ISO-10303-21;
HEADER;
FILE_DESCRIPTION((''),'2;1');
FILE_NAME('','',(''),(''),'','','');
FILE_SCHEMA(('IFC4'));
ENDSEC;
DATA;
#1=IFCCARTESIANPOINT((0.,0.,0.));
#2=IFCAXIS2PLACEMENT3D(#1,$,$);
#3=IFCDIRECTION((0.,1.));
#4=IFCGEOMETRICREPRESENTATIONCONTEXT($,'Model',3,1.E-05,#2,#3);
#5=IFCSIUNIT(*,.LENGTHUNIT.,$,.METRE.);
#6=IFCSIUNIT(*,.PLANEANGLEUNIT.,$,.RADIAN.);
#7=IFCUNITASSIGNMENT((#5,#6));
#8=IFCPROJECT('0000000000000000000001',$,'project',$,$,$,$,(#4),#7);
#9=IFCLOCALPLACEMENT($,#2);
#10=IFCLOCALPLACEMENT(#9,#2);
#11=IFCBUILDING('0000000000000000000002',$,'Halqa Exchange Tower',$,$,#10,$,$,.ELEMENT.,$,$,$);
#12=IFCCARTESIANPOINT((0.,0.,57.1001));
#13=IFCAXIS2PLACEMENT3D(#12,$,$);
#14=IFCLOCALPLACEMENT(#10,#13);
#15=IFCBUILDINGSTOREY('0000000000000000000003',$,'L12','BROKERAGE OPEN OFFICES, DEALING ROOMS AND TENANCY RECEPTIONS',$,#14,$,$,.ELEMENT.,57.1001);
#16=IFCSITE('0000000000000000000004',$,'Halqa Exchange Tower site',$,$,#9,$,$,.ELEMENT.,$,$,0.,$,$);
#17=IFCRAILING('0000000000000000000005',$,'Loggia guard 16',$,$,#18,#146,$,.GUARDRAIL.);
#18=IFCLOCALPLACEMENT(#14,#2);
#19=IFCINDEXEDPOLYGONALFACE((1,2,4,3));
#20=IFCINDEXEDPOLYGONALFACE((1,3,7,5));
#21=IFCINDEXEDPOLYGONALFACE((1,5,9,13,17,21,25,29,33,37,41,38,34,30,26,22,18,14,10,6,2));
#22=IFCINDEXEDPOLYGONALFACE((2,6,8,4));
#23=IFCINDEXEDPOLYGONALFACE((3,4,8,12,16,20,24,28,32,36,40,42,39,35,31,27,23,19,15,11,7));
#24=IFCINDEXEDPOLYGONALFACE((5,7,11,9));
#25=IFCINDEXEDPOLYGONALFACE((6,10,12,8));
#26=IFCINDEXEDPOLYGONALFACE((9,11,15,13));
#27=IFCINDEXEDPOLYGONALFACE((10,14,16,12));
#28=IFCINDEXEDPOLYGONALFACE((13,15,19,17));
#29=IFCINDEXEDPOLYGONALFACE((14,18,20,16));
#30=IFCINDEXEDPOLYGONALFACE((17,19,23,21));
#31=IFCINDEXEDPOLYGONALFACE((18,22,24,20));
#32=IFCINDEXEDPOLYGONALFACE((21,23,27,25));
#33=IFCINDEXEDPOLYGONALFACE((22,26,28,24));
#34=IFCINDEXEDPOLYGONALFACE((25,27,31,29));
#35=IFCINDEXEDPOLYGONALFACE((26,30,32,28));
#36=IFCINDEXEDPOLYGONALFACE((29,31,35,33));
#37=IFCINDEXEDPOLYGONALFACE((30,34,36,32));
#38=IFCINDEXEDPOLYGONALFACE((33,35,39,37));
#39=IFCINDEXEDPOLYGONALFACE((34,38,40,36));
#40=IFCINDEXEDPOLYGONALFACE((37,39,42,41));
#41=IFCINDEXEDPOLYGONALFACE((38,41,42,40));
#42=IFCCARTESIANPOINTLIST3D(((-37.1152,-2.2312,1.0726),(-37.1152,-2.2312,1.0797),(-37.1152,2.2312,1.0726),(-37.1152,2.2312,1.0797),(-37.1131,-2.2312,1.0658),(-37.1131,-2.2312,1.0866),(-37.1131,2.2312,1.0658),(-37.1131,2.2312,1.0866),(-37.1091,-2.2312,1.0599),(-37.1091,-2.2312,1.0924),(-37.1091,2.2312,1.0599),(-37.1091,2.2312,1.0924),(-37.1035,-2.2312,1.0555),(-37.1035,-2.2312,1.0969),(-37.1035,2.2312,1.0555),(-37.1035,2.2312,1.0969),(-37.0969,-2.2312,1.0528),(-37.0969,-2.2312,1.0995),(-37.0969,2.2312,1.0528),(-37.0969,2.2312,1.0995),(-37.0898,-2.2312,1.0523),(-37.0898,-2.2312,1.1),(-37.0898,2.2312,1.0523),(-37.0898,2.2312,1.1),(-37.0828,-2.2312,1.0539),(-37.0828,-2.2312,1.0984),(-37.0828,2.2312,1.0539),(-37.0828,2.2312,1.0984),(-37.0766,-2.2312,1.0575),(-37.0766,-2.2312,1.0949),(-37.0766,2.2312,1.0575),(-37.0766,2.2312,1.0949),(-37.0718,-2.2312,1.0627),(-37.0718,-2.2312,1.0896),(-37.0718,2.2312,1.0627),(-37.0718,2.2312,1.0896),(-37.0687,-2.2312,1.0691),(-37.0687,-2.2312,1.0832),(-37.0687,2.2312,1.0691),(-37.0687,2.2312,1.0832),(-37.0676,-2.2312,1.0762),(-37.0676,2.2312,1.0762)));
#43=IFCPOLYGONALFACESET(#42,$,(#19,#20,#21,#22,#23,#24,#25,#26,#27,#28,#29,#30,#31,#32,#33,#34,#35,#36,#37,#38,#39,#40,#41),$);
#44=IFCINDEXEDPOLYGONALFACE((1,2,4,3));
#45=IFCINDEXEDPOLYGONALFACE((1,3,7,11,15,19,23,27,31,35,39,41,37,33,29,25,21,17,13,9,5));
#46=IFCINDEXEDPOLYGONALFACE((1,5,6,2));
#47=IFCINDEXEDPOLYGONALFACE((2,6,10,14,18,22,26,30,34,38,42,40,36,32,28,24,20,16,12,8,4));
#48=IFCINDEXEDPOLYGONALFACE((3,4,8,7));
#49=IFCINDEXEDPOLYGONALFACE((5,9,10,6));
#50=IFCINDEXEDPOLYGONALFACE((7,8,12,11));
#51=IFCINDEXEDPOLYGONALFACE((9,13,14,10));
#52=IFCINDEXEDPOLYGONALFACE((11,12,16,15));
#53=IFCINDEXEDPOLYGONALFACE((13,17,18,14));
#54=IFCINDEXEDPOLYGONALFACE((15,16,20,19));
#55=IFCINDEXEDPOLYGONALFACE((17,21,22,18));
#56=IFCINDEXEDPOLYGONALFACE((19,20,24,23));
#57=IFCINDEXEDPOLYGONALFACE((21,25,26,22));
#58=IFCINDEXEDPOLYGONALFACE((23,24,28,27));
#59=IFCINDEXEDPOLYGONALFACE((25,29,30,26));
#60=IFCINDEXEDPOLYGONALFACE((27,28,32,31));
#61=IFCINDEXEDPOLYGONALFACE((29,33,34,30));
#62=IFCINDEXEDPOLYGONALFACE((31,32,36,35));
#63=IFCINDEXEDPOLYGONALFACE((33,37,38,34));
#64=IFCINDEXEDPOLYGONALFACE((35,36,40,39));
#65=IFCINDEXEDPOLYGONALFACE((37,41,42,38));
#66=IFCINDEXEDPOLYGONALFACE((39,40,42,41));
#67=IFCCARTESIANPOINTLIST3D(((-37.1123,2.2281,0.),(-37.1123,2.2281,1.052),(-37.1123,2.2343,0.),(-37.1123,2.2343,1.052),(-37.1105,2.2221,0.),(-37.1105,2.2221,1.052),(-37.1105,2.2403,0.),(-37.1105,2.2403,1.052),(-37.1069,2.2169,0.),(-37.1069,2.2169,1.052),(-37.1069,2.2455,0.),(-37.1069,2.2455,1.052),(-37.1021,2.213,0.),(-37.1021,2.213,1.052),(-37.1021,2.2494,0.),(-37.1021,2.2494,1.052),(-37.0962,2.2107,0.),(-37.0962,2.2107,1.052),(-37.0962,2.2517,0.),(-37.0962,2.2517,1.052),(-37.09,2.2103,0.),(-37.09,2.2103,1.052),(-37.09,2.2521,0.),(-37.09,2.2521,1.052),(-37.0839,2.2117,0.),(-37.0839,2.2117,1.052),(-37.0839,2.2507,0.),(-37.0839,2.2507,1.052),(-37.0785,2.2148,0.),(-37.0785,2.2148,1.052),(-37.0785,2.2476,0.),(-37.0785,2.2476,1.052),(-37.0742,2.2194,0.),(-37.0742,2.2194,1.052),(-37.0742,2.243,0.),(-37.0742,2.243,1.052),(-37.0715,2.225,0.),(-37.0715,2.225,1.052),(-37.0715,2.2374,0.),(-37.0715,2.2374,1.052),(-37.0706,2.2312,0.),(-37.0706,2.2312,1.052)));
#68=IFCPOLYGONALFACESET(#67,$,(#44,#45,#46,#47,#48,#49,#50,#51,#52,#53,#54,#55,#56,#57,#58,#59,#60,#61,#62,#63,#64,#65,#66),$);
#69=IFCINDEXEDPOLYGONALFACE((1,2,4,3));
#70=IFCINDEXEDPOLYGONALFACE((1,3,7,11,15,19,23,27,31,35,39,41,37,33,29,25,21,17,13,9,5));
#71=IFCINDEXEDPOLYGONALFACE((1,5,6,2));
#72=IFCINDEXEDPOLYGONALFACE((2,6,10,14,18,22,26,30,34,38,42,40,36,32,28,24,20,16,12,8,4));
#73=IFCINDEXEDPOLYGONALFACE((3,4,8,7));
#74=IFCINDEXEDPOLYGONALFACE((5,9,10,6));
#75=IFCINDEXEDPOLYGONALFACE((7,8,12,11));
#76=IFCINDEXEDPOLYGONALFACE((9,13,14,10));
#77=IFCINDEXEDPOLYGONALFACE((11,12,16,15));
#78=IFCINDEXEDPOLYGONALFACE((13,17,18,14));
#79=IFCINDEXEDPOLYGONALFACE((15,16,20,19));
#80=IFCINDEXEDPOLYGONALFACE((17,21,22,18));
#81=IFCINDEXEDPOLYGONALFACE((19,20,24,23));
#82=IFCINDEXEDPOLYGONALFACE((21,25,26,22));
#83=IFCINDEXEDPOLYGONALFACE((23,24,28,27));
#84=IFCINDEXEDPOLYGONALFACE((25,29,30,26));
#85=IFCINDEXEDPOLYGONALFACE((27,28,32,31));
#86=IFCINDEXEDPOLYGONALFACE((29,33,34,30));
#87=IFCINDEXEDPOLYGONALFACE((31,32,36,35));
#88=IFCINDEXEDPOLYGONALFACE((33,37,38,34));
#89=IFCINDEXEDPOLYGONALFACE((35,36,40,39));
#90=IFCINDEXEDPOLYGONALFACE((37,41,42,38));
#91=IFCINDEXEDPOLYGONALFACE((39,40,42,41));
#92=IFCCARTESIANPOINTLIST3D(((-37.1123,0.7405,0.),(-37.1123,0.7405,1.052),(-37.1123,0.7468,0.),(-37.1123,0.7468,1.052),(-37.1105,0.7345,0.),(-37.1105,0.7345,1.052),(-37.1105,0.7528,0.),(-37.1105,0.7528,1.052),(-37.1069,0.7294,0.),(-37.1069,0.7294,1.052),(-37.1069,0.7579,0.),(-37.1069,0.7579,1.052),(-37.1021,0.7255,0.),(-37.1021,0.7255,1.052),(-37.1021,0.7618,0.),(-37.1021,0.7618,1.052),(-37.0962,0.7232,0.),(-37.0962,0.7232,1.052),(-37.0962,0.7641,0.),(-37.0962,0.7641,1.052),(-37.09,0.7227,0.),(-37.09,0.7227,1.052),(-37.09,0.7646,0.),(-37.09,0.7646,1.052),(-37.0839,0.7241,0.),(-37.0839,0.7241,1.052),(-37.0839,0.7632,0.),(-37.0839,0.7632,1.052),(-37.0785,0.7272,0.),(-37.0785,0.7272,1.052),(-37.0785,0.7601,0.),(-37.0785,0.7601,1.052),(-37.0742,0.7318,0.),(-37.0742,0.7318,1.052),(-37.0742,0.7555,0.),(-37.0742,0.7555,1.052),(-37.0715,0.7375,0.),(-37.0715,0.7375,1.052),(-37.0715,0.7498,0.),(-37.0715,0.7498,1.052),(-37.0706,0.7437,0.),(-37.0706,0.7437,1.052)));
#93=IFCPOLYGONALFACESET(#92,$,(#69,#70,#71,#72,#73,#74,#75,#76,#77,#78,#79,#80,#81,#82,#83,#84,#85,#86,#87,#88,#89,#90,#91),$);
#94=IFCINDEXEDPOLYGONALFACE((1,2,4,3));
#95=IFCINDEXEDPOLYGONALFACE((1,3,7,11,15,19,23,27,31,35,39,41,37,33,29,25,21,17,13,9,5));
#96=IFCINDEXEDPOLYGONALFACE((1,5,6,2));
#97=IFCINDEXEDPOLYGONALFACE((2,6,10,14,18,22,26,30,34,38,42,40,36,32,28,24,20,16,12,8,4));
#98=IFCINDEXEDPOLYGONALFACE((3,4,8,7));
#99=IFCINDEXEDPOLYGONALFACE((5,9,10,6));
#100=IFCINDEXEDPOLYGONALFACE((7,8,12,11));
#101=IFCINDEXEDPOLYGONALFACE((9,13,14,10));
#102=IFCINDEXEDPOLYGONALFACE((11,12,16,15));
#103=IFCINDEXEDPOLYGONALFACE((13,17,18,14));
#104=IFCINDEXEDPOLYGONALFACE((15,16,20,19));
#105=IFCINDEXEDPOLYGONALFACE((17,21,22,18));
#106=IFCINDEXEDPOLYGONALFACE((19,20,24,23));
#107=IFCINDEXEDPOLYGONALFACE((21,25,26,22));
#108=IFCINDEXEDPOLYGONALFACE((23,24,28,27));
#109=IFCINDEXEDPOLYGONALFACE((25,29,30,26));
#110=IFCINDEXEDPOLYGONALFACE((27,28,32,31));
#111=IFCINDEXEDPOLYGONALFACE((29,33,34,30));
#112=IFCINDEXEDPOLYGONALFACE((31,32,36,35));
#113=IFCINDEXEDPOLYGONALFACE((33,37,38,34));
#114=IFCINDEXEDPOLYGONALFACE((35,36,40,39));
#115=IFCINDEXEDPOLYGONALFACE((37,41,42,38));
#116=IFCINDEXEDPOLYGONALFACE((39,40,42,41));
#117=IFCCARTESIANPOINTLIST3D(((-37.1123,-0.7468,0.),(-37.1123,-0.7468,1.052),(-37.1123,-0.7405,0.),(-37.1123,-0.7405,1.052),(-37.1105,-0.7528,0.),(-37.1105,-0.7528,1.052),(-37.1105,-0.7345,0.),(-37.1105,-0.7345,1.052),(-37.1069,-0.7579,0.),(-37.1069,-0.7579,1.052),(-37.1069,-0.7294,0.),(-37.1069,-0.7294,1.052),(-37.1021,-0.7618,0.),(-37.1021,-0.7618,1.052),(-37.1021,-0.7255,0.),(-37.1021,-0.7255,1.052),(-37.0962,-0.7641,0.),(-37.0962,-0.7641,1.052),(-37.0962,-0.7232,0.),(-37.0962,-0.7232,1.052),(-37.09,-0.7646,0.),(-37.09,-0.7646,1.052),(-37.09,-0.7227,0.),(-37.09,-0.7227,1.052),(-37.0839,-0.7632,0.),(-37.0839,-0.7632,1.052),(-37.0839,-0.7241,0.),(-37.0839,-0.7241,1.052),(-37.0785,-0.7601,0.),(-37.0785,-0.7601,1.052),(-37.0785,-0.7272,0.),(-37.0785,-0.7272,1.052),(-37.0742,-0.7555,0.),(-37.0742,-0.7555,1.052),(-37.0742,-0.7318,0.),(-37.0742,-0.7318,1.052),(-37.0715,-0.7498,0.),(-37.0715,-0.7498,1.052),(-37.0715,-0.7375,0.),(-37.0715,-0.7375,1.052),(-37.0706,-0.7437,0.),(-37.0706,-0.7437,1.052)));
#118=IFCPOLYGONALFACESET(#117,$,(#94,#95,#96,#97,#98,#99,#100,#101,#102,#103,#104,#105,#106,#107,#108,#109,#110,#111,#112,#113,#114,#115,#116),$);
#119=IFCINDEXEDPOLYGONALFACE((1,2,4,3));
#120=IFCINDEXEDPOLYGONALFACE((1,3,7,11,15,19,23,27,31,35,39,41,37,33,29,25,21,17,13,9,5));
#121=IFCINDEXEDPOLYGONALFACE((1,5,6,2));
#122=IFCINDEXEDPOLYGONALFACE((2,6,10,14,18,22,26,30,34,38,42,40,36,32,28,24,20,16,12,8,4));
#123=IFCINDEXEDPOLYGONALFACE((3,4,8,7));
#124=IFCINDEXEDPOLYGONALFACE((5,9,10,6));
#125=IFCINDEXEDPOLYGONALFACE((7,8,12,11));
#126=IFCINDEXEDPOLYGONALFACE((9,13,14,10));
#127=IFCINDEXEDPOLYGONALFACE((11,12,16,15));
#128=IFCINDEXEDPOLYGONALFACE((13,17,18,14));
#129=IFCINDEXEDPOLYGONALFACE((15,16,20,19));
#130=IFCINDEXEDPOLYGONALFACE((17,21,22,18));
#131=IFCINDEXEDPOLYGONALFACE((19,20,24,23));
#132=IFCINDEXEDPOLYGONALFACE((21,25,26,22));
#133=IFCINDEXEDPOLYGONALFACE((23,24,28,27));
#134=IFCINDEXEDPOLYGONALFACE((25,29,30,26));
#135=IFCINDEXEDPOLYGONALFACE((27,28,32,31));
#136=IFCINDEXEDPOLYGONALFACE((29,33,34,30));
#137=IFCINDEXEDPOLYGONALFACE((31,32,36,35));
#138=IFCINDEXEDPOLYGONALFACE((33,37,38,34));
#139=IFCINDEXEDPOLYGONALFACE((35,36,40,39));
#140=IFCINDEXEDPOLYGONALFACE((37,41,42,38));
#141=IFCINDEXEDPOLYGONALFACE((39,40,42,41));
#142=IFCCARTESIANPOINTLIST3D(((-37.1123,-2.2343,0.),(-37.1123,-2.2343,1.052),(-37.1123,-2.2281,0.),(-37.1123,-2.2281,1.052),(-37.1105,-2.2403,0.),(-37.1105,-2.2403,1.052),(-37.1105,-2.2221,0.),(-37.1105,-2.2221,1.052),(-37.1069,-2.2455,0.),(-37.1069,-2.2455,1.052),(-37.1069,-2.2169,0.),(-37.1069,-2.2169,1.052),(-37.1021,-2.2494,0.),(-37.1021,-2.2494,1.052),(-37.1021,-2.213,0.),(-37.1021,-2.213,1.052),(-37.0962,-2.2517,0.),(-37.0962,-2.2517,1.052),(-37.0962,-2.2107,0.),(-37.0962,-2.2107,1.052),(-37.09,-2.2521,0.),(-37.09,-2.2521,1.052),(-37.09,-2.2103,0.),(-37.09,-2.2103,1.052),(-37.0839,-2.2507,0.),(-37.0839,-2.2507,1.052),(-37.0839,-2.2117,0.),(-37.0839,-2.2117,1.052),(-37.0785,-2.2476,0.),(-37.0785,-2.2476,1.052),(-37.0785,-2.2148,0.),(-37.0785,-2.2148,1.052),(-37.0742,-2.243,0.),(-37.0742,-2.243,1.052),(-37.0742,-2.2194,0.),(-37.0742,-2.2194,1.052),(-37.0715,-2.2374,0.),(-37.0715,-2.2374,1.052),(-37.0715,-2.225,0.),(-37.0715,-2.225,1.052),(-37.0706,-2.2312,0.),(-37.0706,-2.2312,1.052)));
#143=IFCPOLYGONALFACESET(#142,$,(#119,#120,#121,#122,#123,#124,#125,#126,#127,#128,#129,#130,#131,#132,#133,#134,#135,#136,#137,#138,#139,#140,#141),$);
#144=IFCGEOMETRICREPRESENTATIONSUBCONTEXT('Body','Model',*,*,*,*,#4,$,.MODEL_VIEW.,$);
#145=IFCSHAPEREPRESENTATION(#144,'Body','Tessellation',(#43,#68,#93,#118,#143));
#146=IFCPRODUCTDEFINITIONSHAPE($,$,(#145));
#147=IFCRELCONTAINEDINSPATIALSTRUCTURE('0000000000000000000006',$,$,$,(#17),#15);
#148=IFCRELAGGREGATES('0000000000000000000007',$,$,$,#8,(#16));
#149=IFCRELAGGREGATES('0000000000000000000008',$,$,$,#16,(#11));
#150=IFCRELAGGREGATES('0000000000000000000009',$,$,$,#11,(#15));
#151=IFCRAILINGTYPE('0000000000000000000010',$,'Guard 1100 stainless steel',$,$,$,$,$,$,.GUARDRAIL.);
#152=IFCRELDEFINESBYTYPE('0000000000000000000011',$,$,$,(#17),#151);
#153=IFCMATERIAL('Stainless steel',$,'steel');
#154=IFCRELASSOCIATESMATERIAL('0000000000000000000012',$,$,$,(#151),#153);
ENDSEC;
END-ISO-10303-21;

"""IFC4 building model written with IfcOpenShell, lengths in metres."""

from ifc_helpers import new_model, si_unit, direction, frame, origin, origin_2d, place, context, subcontext, project, spatial, circle, extrude, material, type_object, element, save


model = new_model("IFC4")

# Units and contexts
model_context = context("Model", 3, precision=1e-05, world=origin(), true_north=direction((0.0, 1.0)))
body_context = subcontext(model_context, "Body", "Model", "MODEL_VIEW")
ifc_project = project(units=[si_unit("LENGTHUNIT", "METRE"), si_unit("PLANEANGLEUNIT", "RADIAN")], contexts=[model_context])

# Site, building, storey
site_placement = place(None, origin())
site = spatial("IfcSite", under=ifc_project, at=site_placement, Name="Halqa Exchange Tower site", CompositionType="ELEMENT", RefElevation=0.0)
building_placement = place(site_placement, origin())
building = spatial("IfcBuilding", under=site, at=building_placement, Name="Halqa Exchange Tower", CompositionType="ELEMENT")
storey_placement = place(building_placement, frame((0.0, 0.0, 57.1001)))
storey = spatial("IfcBuildingStorey", under=building, at=storey_placement, Name="L12", Description="BROKERAGE OPEN OFFICES, DEALING ROOMS AND TENANCY RECEPTIONS", CompositionType="ELEMENT", Elevation=57.1001)

# Railing
ifc_material_1 = material(Name="Stainless steel", Category="steel")
railing_type = type_object("IfcRailingType", Name="Guard 1100 stainless steel", PredefinedType="GUARDRAIL", material=ifc_material_1)
railing_1_placement = place(storey_placement, frame((-37.0916, 2.2312, 0.0)))
element("IfcRailing", 1, at=railing_1_placement, inside=storey, type_object=railing_type, Name="Loggia guard 16", PredefinedType="GUARDRAIL", context=body_context, shape_type="SweptSolid", body=[
    extrude(circle(Radius=0.0239, at=origin_2d()), frame((0.0, 0.0, 1.0762), z_axis=(0.0, -1.0, 0.0), x_axis=(1.0, 0.0, 0.0)), (0.0, 0.0, 1.0), 4.4624),
    extrude(circle(Radius=0.021, at=origin_2d()), origin(), (0.0, 0.0, 1.0), 1.052),
    extrude(circle(Radius=0.021, at=origin_2d()), frame((0.0, -1.4875, 0.0)), (0.0, 0.0, 1.0), 1.052),
    extrude(circle(Radius=0.021, at=origin_2d()), frame((0.0, -2.9749, 0.0)), (0.0, 0.0, 1.0), 1.052),
    extrude(circle(Radius=0.021, at=origin_2d()), frame((0.0, -4.4624, 0.0)), (0.0, 0.0, 1.0), 1.052),
])

save(model, "model.ifc")
